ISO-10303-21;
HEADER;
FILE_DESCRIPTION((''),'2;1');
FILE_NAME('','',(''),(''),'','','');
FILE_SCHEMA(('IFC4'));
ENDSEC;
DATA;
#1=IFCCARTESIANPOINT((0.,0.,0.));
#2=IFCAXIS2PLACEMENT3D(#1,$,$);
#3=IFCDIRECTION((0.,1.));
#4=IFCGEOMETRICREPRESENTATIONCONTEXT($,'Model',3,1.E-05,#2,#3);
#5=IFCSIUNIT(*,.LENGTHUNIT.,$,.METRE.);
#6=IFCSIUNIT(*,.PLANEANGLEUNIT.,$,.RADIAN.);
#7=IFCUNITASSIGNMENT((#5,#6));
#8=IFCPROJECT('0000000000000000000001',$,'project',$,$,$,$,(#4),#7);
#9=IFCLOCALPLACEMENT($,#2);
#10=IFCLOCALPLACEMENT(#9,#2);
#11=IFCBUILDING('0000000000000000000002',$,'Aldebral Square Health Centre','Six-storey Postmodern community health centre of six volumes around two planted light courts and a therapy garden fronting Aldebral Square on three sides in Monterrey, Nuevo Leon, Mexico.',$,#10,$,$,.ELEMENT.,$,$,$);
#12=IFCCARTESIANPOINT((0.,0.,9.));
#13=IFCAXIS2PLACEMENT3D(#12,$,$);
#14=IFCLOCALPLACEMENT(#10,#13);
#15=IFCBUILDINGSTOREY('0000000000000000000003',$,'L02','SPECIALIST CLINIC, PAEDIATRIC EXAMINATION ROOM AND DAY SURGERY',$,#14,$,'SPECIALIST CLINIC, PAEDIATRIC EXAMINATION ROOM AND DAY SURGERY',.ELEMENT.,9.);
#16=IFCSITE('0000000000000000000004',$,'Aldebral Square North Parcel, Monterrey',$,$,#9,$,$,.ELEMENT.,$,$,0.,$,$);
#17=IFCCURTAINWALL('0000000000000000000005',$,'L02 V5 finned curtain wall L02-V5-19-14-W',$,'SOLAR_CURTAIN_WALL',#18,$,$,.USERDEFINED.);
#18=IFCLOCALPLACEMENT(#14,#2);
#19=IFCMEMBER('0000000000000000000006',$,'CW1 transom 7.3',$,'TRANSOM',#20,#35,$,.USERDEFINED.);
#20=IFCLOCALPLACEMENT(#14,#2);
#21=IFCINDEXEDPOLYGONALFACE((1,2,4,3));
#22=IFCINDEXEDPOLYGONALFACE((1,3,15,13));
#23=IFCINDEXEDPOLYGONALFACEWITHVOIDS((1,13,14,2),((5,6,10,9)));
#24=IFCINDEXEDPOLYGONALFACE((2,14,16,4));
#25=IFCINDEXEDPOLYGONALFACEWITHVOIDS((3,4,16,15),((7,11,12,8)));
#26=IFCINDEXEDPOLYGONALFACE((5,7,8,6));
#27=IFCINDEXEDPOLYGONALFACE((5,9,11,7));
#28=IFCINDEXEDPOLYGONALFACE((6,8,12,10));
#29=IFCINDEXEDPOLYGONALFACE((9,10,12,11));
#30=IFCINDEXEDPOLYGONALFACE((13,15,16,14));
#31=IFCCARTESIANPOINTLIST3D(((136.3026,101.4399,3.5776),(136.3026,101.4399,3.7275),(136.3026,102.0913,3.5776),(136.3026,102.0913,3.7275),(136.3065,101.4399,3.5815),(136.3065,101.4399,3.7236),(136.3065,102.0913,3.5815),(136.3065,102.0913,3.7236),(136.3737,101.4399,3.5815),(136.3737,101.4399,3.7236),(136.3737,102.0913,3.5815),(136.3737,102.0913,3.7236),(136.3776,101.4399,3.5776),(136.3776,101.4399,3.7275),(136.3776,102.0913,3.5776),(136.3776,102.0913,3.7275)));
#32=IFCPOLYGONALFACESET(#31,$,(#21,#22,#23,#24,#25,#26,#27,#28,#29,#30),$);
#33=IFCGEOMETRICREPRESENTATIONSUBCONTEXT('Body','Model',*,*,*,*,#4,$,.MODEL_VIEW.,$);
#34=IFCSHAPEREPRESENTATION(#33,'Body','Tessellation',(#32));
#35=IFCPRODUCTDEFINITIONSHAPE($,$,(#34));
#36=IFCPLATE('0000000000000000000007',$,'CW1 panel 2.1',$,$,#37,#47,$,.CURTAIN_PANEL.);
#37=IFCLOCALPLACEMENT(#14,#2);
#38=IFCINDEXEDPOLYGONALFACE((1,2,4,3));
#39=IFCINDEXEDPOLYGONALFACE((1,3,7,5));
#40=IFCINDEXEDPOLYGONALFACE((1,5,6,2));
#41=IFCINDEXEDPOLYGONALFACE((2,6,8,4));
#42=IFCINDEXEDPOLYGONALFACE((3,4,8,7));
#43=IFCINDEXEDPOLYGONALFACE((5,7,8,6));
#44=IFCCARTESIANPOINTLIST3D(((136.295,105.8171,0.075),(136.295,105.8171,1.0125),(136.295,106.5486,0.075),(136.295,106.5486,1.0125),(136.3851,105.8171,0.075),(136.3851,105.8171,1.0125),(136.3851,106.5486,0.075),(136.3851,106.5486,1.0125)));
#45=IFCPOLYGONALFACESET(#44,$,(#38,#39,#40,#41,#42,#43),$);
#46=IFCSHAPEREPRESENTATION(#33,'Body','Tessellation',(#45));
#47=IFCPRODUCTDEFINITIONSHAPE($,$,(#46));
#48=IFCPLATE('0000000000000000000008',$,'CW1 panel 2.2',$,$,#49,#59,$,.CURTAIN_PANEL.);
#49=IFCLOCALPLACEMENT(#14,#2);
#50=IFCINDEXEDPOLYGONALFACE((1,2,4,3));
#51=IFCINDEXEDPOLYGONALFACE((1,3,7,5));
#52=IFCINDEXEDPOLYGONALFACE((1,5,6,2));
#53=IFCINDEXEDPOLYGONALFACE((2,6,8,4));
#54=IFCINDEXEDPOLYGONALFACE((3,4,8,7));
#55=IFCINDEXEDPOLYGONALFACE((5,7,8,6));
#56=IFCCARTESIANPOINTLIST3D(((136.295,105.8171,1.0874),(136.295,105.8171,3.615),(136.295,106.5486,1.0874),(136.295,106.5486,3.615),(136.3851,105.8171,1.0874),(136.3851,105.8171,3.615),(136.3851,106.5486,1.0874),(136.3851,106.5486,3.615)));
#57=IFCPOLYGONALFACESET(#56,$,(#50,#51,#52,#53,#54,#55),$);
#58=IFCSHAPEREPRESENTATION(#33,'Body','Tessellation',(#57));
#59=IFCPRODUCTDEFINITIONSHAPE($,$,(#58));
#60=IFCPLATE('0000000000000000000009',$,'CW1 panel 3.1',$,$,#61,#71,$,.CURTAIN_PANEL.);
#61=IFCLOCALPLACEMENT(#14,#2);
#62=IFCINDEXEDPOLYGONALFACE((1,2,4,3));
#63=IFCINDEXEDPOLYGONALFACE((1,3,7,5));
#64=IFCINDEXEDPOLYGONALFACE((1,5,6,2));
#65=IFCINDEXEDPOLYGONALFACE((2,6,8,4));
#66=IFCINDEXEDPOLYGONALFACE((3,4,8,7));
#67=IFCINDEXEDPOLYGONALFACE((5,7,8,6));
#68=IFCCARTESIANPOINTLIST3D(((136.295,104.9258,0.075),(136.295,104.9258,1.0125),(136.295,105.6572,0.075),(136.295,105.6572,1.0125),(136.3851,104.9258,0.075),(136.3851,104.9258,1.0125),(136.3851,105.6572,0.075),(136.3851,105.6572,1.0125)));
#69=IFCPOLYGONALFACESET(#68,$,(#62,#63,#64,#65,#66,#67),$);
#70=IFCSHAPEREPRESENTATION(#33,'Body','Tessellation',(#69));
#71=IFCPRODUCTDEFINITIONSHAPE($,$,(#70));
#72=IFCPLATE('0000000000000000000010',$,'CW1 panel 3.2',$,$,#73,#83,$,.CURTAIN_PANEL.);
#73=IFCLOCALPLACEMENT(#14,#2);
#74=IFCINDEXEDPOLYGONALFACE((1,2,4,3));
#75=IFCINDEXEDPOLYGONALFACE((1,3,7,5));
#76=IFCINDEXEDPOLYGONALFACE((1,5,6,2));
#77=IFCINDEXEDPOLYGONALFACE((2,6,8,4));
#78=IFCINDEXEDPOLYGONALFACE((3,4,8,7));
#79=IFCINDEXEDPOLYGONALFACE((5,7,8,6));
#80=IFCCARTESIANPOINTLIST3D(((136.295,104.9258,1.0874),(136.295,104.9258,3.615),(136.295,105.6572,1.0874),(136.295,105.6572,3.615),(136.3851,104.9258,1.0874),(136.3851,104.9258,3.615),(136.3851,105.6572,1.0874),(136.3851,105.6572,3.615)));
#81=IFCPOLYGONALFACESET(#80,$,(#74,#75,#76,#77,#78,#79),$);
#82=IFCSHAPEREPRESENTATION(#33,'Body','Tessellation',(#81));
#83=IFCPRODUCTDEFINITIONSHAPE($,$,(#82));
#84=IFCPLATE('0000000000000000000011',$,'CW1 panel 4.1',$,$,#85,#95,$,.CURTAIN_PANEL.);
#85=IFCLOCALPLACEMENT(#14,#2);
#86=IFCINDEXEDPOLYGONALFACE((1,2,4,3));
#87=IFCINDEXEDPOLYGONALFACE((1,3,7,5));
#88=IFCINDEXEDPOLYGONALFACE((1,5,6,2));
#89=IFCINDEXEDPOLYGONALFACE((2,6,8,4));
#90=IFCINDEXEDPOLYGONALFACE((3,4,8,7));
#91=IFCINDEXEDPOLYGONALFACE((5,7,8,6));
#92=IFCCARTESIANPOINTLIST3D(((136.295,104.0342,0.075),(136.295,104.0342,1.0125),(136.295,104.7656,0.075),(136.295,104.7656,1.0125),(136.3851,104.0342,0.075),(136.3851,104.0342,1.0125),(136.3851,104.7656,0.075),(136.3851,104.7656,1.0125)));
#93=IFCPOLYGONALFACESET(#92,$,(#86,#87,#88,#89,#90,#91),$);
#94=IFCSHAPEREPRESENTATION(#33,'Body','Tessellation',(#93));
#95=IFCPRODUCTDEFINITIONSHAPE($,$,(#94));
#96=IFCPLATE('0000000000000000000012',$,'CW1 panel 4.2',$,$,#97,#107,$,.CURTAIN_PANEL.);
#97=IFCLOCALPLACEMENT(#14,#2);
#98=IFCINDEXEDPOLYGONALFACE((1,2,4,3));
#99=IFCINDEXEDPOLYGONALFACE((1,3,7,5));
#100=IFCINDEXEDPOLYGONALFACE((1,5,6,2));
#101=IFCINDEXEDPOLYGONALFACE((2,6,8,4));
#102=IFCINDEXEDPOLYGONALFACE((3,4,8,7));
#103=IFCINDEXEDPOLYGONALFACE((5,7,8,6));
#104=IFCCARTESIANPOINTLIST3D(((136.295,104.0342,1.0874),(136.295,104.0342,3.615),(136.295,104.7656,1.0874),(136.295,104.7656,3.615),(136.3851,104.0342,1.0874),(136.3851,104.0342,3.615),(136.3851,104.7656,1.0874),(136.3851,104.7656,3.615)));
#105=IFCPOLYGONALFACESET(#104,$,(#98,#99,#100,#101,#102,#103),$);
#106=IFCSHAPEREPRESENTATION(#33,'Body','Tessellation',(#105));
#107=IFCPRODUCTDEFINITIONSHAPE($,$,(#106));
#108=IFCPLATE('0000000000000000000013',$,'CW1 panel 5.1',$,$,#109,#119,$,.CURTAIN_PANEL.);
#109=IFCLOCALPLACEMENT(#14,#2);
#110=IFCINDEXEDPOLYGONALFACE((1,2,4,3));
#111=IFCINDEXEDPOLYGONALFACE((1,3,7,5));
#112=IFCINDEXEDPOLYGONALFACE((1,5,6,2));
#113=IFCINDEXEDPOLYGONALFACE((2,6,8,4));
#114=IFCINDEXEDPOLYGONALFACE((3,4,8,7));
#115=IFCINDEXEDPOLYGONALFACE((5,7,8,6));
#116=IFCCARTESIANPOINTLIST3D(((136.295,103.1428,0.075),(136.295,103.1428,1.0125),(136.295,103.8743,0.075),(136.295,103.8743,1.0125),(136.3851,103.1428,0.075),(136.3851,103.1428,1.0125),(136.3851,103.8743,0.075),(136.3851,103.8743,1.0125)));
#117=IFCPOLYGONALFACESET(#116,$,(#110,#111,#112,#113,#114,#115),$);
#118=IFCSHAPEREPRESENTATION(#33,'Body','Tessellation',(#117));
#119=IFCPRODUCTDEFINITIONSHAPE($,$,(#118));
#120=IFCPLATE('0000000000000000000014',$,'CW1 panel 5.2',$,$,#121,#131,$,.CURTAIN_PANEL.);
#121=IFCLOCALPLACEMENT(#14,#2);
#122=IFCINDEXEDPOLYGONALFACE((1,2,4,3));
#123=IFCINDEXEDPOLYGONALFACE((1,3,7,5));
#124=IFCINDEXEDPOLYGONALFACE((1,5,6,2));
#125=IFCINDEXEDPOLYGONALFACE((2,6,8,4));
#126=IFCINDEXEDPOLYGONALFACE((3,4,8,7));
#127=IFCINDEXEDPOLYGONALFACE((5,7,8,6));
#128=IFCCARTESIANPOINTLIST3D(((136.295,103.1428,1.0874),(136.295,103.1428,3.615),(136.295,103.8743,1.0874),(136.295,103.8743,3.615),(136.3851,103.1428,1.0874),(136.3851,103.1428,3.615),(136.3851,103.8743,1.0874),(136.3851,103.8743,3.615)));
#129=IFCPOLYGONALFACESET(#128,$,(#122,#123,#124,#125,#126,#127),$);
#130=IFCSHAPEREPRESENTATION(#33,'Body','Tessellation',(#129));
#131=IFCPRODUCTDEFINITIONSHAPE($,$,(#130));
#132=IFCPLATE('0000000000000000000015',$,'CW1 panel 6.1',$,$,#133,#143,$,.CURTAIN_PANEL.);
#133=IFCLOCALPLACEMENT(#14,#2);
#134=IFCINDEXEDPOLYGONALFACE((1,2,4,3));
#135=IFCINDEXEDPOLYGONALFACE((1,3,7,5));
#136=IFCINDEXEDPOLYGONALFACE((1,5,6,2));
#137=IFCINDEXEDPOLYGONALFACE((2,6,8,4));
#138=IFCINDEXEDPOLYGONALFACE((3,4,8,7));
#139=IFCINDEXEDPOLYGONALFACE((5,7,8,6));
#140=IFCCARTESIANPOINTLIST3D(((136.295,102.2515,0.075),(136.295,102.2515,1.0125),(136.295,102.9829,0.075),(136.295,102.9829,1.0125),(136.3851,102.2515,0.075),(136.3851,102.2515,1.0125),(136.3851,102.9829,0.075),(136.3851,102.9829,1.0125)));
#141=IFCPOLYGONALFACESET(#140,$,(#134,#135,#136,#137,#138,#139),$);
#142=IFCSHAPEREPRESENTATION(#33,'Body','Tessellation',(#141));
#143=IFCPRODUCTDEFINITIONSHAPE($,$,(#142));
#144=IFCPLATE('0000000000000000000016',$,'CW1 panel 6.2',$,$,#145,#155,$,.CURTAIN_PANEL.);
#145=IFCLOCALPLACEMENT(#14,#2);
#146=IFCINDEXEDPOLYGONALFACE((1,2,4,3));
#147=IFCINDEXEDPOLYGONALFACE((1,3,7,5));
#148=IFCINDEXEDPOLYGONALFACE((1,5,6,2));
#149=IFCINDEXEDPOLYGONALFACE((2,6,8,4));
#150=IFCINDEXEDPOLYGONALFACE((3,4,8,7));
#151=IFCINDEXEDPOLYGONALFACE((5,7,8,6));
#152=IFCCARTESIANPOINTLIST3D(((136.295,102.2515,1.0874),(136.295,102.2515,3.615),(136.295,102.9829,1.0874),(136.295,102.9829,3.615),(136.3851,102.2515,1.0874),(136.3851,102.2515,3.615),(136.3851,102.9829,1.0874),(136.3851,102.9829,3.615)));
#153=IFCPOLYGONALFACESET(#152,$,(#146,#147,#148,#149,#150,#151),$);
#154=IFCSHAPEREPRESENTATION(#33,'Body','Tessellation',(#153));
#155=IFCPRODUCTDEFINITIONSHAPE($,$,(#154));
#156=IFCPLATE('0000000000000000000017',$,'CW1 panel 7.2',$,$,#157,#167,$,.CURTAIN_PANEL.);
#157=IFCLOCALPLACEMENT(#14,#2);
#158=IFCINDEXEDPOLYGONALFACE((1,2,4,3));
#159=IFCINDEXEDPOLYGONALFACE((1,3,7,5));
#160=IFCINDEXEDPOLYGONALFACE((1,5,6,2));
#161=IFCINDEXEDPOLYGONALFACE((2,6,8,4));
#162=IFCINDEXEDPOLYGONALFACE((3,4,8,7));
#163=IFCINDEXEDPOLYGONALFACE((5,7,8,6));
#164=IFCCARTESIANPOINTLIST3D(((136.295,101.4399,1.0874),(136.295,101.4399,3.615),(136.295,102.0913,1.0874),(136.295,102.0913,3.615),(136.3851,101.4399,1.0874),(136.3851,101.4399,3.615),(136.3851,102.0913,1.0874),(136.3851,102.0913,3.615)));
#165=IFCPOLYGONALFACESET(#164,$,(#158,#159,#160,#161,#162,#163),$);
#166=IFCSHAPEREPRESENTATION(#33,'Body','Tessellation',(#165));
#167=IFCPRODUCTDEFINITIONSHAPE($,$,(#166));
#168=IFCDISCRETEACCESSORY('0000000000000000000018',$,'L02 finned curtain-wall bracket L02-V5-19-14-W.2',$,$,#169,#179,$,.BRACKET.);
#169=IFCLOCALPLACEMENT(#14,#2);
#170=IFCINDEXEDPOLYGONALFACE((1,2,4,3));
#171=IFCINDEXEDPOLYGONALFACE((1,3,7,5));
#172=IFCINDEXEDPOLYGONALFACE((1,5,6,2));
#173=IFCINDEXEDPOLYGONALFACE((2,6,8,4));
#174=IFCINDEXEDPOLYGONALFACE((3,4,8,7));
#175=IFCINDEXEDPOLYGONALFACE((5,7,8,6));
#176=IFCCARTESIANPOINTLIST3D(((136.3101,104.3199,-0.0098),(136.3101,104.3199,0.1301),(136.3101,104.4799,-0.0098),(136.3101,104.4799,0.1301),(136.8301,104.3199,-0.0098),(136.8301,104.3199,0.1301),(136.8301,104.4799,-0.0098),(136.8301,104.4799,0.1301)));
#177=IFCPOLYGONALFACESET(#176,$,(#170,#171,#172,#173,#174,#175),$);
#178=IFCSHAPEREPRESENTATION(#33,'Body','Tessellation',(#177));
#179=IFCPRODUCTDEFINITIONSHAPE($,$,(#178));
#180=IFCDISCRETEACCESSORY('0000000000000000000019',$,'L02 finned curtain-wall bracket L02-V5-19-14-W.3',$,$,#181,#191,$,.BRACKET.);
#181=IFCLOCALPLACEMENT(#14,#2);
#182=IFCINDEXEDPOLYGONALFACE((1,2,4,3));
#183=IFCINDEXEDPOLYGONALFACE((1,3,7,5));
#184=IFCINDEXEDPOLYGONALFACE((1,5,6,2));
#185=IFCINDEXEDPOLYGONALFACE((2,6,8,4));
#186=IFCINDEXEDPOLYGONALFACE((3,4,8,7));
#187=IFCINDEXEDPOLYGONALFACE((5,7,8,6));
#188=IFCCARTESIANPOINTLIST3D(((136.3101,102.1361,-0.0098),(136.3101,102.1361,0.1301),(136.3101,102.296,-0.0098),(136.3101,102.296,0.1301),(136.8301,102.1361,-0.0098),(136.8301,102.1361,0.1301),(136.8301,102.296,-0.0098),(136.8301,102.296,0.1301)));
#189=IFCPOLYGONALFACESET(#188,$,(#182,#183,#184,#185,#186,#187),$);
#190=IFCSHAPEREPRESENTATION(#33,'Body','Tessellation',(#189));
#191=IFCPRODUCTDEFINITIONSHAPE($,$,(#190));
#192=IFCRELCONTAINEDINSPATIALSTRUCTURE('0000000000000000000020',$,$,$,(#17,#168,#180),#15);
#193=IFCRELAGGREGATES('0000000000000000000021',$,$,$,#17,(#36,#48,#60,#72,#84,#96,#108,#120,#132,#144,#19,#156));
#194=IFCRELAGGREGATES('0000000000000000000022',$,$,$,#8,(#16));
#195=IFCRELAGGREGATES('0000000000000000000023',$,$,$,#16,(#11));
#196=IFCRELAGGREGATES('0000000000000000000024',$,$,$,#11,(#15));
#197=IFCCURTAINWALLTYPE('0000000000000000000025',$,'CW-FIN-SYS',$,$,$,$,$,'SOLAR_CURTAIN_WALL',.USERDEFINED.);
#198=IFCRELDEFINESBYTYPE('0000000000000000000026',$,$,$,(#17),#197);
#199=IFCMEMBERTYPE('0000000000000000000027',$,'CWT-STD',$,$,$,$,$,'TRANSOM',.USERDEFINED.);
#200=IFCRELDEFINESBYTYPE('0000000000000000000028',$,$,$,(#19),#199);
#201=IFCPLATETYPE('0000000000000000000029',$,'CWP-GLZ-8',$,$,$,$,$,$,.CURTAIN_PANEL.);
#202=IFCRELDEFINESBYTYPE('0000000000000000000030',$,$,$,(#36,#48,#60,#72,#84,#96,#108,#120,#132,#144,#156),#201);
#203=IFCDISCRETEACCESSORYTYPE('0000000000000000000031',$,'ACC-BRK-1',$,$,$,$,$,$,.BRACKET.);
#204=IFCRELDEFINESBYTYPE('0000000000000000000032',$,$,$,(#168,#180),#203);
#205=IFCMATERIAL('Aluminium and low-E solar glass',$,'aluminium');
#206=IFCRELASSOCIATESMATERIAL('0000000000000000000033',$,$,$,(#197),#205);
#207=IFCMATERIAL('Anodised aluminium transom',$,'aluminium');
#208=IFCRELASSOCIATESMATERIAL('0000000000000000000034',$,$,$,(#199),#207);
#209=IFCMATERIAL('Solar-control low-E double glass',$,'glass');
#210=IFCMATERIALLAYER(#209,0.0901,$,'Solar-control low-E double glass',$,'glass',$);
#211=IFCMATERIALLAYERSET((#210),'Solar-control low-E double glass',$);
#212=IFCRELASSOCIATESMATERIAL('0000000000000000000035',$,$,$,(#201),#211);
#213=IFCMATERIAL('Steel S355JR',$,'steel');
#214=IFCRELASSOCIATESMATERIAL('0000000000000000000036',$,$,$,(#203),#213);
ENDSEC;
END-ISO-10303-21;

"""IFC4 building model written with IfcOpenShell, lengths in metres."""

from ifc_helpers import new_model, si_unit, direction, frame, origin, origin_2d, place, context, subcontext, project, spatial, rectangle, hollow_rectangle, extrude, material, layer, layer_set, material_profile, profile_set, type_object, element, aggregate, save


model = new_model("IFC4")

# Units and contexts
model_context = context("Model", 3, precision=1e-05, world=origin(), true_north=direction((0.0, 1.0)))
body_context = subcontext(model_context, "Body", "Model", "MODEL_VIEW")
ifc_project = project(units=[si_unit("LENGTHUNIT", "METRE"), si_unit("PLANEANGLEUNIT", "RADIAN")], contexts=[model_context])

# Site, building, storey
site_placement = place(None, origin())
site = spatial("IfcSite", under=ifc_project, at=site_placement, Name="Aldebral Square North Parcel, Monterrey", CompositionType="ELEMENT", RefElevation=0.0)
building_placement = place(site_placement, origin())
building = spatial("IfcBuilding", under=site, at=building_placement, Name="Aldebral Square Health Centre", Description="Six-storey Postmodern community health centre of six volumes around two planted light courts and a therapy garden fronting Aldebral Square on three sides in Monterrey, Nuevo Leon, Mexico.", CompositionType="ELEMENT")
storey_placement = place(building_placement, frame((0.0, 0.0, 9.0)))
storey = spatial("IfcBuildingStorey", under=building, at=storey_placement, Name="L02", Description="SPECIALIST CLINIC, PAEDIATRIC EXAMINATION ROOM AND DAY SURGERY", LongName="SPECIALIST CLINIC, PAEDIATRIC EXAMINATION ROOM AND DAY SURGERY", CompositionType="ELEMENT", Elevation=9.0)

# Curtain wall, member, plates
ifc_material_1 = material(Name="Aluminium and low-E solar glass", Category="aluminium")
curtain_wall_type = type_object("IfcCurtainWallType", Name="CW-FIN-SYS", ElementType="SOLAR_CURTAIN_WALL", PredefinedType="USERDEFINED", material=ifc_material_1)
curtain_wall_placement = place(storey_placement, origin())
curtain_wall = element("IfcCurtainWall", 1, at=curtain_wall_placement, inside=storey, type_object=curtain_wall_type, Name="L02 V5 finned curtain wall L02-V5-19-14-W", ObjectType="SOLAR_CURTAIN_WALL", PredefinedType="USERDEFINED")
ifc_material_2 = material(Name="Anodised aluminium transom", Category="aluminium")
ifc_material_profile_1 = material_profile(ifc_material_2, hollow_rectangle(XDim=0.075, YDim=0.1499, WallThickness=0.0039, at=origin_2d()), Name="CWT 75x150x4")
ifc_profile_set_1 = profile_set([ifc_material_profile_1], Name="Anodised aluminium transom")
member_type_1 = type_object("IfcMemberType", Name="CWT-STD", ElementType="TRANSOM", PredefinedType="USERDEFINED", material=ifc_profile_set_1)
member_1_placement = place(storey_placement, frame((136.3401, 102.0913, 3.6526), z_axis=(0.0, -1.0, 0.0), x_axis=(1.0, 0.0, 0.0)))
member_1 = element("IfcMember", 2, at=member_1_placement, type_object=member_type_1, Name="CW1 transom 7.3", ObjectType="TRANSOM", PredefinedType="USERDEFINED", context=body_context, shape_type="SweptSolid", body=[
    extrude(hollow_rectangle(XDim=0.075, YDim=0.1499, WallThickness=0.0039, at=origin_2d()), origin(), (0.0, 0.0, 1.0), 0.6514),
])
ifc_material_3 = material(Name="Solar-control low-E double glass", Category="glass")
ifc_layer = layer(ifc_material_3, 0.0901, Name="Solar-control low-E double glass", Category="glass")
ifc_layer_set = layer_set([ifc_layer], Name="Solar-control low-E double glass")
plate_type = type_object("IfcPlateType", Name="CWP-GLZ-8", PredefinedType="CURTAIN_PANEL", material=ifc_layer_set)
plate_1_placement = place(storey_placement, frame((136.3401, 106.1829, 0.075), z_axis=(0.0, 0.0, 1.0), x_axis=(0.0, -1.0, 0.0)))
plate_1 = element("IfcPlate", 3, at=plate_1_placement, type_object=plate_type, Name="CW1 panel 2.1", PredefinedType="CURTAIN_PANEL", context=body_context, shape_type="SweptSolid", body=[
    extrude(rectangle(XDim=0.7314, YDim=0.0901, at=origin_2d()), origin(), (0.0, 0.0, 1.0), 0.9375),
])
plate_2_placement = place(storey_placement, frame((136.3401, 106.1829, 1.0874), z_axis=(0.0, 0.0, 1.0), x_axis=(0.0, -1.0, 0.0)))
plate_2 = element("IfcPlate", 4, at=plate_2_placement, type_object=plate_type, Name="CW1 panel 2.2", PredefinedType="CURTAIN_PANEL", context=body_context, shape_type="SweptSolid", body=[
    extrude(rectangle(XDim=0.7314, YDim=0.0901, at=origin_2d()), origin(), (0.0, 0.0, 1.0), 2.5276),
])
plate_3_placement = place(storey_placement, frame((136.3401, 105.2915, 0.075), z_axis=(0.0, 0.0, 1.0), x_axis=(0.0, -1.0, 0.0)))
plate_3 = element("IfcPlate", 5, at=plate_3_placement, type_object=plate_type, Name="CW1 panel 3.1", PredefinedType="CURTAIN_PANEL", context=body_context, shape_type="SweptSolid", body=[
    extrude(rectangle(XDim=0.7314, YDim=0.0901, at=origin_2d()), origin(), (0.0, 0.0, 1.0), 0.9375),
])
plate_4_placement = place(storey_placement, frame((136.3401, 105.2915, 1.0874), z_axis=(0.0, 0.0, 1.0), x_axis=(0.0, -1.0, 0.0)))
plate_4 = element("IfcPlate", 6, at=plate_4_placement, type_object=plate_type, Name="CW1 panel 3.2", PredefinedType="CURTAIN_PANEL", context=body_context, shape_type="SweptSolid", body=[
    extrude(rectangle(XDim=0.7314, YDim=0.0901, at=origin_2d()), origin(), (0.0, 0.0, 1.0), 2.5276),
])
plate_5_placement = place(storey_placement, frame((136.3401, 104.3999, 0.075), z_axis=(0.0, 0.0, 1.0), x_axis=(0.0, -1.0, 0.0)))
plate_5 = element("IfcPlate", 7, at=plate_5_placement, type_object=plate_type, Name="CW1 panel 4.1", PredefinedType="CURTAIN_PANEL", context=body_context, shape_type="SweptSolid", body=[
    extrude(rectangle(XDim=0.7314, YDim=0.0901, at=origin_2d()), origin(), (0.0, 0.0, 1.0), 0.9375),
])
plate_6_placement = place(storey_placement, frame((136.3401, 104.3999, 1.0874), z_axis=(0.0, 0.0, 1.0), x_axis=(0.0, -1.0, 0.0)))
plate_6 = element("IfcPlate", 8, at=plate_6_placement, type_object=plate_type, Name="CW1 panel 4.2", PredefinedType="CURTAIN_PANEL", context=body_context, shape_type="SweptSolid", body=[
    extrude(rectangle(XDim=0.7314, YDim=0.0901, at=origin_2d()), origin(), (0.0, 0.0, 1.0), 2.5276),
])
plate_7_placement = place(storey_placement, frame((136.3401, 103.5085, 0.075), z_axis=(0.0, 0.0, 1.0), x_axis=(0.0, -1.0, 0.0)))
plate_7 = element("IfcPlate", 9, at=plate_7_placement, type_object=plate_type, Name="CW1 panel 5.1", PredefinedType="CURTAIN_PANEL", context=body_context, shape_type="SweptSolid", body=[
    extrude(rectangle(XDim=0.7314, YDim=0.0901, at=origin_2d()), origin(), (0.0, 0.0, 1.0), 0.9375),
])
plate_8_placement = place(storey_placement, frame((136.3401, 103.5085, 1.0874), z_axis=(0.0, 0.0, 1.0), x_axis=(0.0, -1.0, 0.0)))
plate_8 = element("IfcPlate", 10, at=plate_8_placement, type_object=plate_type, Name="CW1 panel 5.2", PredefinedType="CURTAIN_PANEL", context=body_context, shape_type="SweptSolid", body=[
    extrude(rectangle(XDim=0.7314, YDim=0.0901, at=origin_2d()), origin(), (0.0, 0.0, 1.0), 2.5276),
])
plate_9_placement = place(storey_placement, frame((136.3401, 102.6172, 0.075), z_axis=(0.0, 0.0, 1.0), x_axis=(0.0, -1.0, 0.0)))
plate_9 = element("IfcPlate", 11, at=plate_9_placement, type_object=plate_type, Name="CW1 panel 6.1", PredefinedType="CURTAIN_PANEL", context=body_context, shape_type="SweptSolid", body=[
    extrude(rectangle(XDim=0.7314, YDim=0.0901, at=origin_2d()), origin(), (0.0, 0.0, 1.0), 0.9375),
])
plate_10_placement = place(storey_placement, frame((136.3401, 102.6172, 1.0874), z_axis=(0.0, 0.0, 1.0), x_axis=(0.0, -1.0, 0.0)))
plate_10 = element("IfcPlate", 12, at=plate_10_placement, type_object=plate_type, Name="CW1 panel 6.2", PredefinedType="CURTAIN_PANEL", context=body_context, shape_type="SweptSolid", body=[
    extrude(rectangle(XDim=0.7314, YDim=0.0901, at=origin_2d()), origin(), (0.0, 0.0, 1.0), 2.5276),
])
plate_11_placement = place(storey_placement, frame((136.3401, 101.7656, 1.0874), z_axis=(0.0, 0.0, 1.0), x_axis=(0.0, -1.0, 0.0)))
plate_11 = element("IfcPlate", 13, at=plate_11_placement, type_object=plate_type, Name="CW1 panel 7.2", PredefinedType="CURTAIN_PANEL", context=body_context, shape_type="SweptSolid", body=[
    extrude(rectangle(XDim=0.6514, YDim=0.0901, at=origin_2d()), origin(), (0.0, 0.0, 1.0), 2.5276),
])
aggregate(curtain_wall, [plate_1, plate_2, plate_3, plate_4, plate_5, plate_6, plate_7, plate_8, plate_9, plate_10, member_1, plate_11])

# Discrete accessories
ifc_material_4 = material(Name="Steel S355JR", Category="steel")
discrete_accessory_type = type_object("IfcDiscreteAccessoryType", Name="ACC-BRK-1", PredefinedType="BRACKET", material=ifc_material_4)
for number, where, z_axis, x_axis, name in (
    (14, (136.5701, 104.3999, -0.0098), (0.0, 0.0, 1.0), (0.0, 1.0, 0.0), "L02 finned curtain-wall bracket L02-V5-19-14-W.2"),
    (15, (136.5701, 102.2161, -0.0098), (0.0, 0.0, 1.0), (0.0, 1.0, 0.0), "L02 finned curtain-wall bracket L02-V5-19-14-W.3"),
):
    element("IfcDiscreteAccessory", number, at=place(storey_placement, frame(where, z_axis=z_axis, x_axis=x_axis)), inside=storey, type_object=discrete_accessory_type, Name=name, PredefinedType="BRACKET", context=body_context, shape_type="SweptSolid", body=[
        extrude(rectangle(XDim=0.1599, YDim=0.52, at=origin_2d()), origin(), (0.0, 0.0, 1.0), 0.1399),
    ])

save(model, "model.ifc")
